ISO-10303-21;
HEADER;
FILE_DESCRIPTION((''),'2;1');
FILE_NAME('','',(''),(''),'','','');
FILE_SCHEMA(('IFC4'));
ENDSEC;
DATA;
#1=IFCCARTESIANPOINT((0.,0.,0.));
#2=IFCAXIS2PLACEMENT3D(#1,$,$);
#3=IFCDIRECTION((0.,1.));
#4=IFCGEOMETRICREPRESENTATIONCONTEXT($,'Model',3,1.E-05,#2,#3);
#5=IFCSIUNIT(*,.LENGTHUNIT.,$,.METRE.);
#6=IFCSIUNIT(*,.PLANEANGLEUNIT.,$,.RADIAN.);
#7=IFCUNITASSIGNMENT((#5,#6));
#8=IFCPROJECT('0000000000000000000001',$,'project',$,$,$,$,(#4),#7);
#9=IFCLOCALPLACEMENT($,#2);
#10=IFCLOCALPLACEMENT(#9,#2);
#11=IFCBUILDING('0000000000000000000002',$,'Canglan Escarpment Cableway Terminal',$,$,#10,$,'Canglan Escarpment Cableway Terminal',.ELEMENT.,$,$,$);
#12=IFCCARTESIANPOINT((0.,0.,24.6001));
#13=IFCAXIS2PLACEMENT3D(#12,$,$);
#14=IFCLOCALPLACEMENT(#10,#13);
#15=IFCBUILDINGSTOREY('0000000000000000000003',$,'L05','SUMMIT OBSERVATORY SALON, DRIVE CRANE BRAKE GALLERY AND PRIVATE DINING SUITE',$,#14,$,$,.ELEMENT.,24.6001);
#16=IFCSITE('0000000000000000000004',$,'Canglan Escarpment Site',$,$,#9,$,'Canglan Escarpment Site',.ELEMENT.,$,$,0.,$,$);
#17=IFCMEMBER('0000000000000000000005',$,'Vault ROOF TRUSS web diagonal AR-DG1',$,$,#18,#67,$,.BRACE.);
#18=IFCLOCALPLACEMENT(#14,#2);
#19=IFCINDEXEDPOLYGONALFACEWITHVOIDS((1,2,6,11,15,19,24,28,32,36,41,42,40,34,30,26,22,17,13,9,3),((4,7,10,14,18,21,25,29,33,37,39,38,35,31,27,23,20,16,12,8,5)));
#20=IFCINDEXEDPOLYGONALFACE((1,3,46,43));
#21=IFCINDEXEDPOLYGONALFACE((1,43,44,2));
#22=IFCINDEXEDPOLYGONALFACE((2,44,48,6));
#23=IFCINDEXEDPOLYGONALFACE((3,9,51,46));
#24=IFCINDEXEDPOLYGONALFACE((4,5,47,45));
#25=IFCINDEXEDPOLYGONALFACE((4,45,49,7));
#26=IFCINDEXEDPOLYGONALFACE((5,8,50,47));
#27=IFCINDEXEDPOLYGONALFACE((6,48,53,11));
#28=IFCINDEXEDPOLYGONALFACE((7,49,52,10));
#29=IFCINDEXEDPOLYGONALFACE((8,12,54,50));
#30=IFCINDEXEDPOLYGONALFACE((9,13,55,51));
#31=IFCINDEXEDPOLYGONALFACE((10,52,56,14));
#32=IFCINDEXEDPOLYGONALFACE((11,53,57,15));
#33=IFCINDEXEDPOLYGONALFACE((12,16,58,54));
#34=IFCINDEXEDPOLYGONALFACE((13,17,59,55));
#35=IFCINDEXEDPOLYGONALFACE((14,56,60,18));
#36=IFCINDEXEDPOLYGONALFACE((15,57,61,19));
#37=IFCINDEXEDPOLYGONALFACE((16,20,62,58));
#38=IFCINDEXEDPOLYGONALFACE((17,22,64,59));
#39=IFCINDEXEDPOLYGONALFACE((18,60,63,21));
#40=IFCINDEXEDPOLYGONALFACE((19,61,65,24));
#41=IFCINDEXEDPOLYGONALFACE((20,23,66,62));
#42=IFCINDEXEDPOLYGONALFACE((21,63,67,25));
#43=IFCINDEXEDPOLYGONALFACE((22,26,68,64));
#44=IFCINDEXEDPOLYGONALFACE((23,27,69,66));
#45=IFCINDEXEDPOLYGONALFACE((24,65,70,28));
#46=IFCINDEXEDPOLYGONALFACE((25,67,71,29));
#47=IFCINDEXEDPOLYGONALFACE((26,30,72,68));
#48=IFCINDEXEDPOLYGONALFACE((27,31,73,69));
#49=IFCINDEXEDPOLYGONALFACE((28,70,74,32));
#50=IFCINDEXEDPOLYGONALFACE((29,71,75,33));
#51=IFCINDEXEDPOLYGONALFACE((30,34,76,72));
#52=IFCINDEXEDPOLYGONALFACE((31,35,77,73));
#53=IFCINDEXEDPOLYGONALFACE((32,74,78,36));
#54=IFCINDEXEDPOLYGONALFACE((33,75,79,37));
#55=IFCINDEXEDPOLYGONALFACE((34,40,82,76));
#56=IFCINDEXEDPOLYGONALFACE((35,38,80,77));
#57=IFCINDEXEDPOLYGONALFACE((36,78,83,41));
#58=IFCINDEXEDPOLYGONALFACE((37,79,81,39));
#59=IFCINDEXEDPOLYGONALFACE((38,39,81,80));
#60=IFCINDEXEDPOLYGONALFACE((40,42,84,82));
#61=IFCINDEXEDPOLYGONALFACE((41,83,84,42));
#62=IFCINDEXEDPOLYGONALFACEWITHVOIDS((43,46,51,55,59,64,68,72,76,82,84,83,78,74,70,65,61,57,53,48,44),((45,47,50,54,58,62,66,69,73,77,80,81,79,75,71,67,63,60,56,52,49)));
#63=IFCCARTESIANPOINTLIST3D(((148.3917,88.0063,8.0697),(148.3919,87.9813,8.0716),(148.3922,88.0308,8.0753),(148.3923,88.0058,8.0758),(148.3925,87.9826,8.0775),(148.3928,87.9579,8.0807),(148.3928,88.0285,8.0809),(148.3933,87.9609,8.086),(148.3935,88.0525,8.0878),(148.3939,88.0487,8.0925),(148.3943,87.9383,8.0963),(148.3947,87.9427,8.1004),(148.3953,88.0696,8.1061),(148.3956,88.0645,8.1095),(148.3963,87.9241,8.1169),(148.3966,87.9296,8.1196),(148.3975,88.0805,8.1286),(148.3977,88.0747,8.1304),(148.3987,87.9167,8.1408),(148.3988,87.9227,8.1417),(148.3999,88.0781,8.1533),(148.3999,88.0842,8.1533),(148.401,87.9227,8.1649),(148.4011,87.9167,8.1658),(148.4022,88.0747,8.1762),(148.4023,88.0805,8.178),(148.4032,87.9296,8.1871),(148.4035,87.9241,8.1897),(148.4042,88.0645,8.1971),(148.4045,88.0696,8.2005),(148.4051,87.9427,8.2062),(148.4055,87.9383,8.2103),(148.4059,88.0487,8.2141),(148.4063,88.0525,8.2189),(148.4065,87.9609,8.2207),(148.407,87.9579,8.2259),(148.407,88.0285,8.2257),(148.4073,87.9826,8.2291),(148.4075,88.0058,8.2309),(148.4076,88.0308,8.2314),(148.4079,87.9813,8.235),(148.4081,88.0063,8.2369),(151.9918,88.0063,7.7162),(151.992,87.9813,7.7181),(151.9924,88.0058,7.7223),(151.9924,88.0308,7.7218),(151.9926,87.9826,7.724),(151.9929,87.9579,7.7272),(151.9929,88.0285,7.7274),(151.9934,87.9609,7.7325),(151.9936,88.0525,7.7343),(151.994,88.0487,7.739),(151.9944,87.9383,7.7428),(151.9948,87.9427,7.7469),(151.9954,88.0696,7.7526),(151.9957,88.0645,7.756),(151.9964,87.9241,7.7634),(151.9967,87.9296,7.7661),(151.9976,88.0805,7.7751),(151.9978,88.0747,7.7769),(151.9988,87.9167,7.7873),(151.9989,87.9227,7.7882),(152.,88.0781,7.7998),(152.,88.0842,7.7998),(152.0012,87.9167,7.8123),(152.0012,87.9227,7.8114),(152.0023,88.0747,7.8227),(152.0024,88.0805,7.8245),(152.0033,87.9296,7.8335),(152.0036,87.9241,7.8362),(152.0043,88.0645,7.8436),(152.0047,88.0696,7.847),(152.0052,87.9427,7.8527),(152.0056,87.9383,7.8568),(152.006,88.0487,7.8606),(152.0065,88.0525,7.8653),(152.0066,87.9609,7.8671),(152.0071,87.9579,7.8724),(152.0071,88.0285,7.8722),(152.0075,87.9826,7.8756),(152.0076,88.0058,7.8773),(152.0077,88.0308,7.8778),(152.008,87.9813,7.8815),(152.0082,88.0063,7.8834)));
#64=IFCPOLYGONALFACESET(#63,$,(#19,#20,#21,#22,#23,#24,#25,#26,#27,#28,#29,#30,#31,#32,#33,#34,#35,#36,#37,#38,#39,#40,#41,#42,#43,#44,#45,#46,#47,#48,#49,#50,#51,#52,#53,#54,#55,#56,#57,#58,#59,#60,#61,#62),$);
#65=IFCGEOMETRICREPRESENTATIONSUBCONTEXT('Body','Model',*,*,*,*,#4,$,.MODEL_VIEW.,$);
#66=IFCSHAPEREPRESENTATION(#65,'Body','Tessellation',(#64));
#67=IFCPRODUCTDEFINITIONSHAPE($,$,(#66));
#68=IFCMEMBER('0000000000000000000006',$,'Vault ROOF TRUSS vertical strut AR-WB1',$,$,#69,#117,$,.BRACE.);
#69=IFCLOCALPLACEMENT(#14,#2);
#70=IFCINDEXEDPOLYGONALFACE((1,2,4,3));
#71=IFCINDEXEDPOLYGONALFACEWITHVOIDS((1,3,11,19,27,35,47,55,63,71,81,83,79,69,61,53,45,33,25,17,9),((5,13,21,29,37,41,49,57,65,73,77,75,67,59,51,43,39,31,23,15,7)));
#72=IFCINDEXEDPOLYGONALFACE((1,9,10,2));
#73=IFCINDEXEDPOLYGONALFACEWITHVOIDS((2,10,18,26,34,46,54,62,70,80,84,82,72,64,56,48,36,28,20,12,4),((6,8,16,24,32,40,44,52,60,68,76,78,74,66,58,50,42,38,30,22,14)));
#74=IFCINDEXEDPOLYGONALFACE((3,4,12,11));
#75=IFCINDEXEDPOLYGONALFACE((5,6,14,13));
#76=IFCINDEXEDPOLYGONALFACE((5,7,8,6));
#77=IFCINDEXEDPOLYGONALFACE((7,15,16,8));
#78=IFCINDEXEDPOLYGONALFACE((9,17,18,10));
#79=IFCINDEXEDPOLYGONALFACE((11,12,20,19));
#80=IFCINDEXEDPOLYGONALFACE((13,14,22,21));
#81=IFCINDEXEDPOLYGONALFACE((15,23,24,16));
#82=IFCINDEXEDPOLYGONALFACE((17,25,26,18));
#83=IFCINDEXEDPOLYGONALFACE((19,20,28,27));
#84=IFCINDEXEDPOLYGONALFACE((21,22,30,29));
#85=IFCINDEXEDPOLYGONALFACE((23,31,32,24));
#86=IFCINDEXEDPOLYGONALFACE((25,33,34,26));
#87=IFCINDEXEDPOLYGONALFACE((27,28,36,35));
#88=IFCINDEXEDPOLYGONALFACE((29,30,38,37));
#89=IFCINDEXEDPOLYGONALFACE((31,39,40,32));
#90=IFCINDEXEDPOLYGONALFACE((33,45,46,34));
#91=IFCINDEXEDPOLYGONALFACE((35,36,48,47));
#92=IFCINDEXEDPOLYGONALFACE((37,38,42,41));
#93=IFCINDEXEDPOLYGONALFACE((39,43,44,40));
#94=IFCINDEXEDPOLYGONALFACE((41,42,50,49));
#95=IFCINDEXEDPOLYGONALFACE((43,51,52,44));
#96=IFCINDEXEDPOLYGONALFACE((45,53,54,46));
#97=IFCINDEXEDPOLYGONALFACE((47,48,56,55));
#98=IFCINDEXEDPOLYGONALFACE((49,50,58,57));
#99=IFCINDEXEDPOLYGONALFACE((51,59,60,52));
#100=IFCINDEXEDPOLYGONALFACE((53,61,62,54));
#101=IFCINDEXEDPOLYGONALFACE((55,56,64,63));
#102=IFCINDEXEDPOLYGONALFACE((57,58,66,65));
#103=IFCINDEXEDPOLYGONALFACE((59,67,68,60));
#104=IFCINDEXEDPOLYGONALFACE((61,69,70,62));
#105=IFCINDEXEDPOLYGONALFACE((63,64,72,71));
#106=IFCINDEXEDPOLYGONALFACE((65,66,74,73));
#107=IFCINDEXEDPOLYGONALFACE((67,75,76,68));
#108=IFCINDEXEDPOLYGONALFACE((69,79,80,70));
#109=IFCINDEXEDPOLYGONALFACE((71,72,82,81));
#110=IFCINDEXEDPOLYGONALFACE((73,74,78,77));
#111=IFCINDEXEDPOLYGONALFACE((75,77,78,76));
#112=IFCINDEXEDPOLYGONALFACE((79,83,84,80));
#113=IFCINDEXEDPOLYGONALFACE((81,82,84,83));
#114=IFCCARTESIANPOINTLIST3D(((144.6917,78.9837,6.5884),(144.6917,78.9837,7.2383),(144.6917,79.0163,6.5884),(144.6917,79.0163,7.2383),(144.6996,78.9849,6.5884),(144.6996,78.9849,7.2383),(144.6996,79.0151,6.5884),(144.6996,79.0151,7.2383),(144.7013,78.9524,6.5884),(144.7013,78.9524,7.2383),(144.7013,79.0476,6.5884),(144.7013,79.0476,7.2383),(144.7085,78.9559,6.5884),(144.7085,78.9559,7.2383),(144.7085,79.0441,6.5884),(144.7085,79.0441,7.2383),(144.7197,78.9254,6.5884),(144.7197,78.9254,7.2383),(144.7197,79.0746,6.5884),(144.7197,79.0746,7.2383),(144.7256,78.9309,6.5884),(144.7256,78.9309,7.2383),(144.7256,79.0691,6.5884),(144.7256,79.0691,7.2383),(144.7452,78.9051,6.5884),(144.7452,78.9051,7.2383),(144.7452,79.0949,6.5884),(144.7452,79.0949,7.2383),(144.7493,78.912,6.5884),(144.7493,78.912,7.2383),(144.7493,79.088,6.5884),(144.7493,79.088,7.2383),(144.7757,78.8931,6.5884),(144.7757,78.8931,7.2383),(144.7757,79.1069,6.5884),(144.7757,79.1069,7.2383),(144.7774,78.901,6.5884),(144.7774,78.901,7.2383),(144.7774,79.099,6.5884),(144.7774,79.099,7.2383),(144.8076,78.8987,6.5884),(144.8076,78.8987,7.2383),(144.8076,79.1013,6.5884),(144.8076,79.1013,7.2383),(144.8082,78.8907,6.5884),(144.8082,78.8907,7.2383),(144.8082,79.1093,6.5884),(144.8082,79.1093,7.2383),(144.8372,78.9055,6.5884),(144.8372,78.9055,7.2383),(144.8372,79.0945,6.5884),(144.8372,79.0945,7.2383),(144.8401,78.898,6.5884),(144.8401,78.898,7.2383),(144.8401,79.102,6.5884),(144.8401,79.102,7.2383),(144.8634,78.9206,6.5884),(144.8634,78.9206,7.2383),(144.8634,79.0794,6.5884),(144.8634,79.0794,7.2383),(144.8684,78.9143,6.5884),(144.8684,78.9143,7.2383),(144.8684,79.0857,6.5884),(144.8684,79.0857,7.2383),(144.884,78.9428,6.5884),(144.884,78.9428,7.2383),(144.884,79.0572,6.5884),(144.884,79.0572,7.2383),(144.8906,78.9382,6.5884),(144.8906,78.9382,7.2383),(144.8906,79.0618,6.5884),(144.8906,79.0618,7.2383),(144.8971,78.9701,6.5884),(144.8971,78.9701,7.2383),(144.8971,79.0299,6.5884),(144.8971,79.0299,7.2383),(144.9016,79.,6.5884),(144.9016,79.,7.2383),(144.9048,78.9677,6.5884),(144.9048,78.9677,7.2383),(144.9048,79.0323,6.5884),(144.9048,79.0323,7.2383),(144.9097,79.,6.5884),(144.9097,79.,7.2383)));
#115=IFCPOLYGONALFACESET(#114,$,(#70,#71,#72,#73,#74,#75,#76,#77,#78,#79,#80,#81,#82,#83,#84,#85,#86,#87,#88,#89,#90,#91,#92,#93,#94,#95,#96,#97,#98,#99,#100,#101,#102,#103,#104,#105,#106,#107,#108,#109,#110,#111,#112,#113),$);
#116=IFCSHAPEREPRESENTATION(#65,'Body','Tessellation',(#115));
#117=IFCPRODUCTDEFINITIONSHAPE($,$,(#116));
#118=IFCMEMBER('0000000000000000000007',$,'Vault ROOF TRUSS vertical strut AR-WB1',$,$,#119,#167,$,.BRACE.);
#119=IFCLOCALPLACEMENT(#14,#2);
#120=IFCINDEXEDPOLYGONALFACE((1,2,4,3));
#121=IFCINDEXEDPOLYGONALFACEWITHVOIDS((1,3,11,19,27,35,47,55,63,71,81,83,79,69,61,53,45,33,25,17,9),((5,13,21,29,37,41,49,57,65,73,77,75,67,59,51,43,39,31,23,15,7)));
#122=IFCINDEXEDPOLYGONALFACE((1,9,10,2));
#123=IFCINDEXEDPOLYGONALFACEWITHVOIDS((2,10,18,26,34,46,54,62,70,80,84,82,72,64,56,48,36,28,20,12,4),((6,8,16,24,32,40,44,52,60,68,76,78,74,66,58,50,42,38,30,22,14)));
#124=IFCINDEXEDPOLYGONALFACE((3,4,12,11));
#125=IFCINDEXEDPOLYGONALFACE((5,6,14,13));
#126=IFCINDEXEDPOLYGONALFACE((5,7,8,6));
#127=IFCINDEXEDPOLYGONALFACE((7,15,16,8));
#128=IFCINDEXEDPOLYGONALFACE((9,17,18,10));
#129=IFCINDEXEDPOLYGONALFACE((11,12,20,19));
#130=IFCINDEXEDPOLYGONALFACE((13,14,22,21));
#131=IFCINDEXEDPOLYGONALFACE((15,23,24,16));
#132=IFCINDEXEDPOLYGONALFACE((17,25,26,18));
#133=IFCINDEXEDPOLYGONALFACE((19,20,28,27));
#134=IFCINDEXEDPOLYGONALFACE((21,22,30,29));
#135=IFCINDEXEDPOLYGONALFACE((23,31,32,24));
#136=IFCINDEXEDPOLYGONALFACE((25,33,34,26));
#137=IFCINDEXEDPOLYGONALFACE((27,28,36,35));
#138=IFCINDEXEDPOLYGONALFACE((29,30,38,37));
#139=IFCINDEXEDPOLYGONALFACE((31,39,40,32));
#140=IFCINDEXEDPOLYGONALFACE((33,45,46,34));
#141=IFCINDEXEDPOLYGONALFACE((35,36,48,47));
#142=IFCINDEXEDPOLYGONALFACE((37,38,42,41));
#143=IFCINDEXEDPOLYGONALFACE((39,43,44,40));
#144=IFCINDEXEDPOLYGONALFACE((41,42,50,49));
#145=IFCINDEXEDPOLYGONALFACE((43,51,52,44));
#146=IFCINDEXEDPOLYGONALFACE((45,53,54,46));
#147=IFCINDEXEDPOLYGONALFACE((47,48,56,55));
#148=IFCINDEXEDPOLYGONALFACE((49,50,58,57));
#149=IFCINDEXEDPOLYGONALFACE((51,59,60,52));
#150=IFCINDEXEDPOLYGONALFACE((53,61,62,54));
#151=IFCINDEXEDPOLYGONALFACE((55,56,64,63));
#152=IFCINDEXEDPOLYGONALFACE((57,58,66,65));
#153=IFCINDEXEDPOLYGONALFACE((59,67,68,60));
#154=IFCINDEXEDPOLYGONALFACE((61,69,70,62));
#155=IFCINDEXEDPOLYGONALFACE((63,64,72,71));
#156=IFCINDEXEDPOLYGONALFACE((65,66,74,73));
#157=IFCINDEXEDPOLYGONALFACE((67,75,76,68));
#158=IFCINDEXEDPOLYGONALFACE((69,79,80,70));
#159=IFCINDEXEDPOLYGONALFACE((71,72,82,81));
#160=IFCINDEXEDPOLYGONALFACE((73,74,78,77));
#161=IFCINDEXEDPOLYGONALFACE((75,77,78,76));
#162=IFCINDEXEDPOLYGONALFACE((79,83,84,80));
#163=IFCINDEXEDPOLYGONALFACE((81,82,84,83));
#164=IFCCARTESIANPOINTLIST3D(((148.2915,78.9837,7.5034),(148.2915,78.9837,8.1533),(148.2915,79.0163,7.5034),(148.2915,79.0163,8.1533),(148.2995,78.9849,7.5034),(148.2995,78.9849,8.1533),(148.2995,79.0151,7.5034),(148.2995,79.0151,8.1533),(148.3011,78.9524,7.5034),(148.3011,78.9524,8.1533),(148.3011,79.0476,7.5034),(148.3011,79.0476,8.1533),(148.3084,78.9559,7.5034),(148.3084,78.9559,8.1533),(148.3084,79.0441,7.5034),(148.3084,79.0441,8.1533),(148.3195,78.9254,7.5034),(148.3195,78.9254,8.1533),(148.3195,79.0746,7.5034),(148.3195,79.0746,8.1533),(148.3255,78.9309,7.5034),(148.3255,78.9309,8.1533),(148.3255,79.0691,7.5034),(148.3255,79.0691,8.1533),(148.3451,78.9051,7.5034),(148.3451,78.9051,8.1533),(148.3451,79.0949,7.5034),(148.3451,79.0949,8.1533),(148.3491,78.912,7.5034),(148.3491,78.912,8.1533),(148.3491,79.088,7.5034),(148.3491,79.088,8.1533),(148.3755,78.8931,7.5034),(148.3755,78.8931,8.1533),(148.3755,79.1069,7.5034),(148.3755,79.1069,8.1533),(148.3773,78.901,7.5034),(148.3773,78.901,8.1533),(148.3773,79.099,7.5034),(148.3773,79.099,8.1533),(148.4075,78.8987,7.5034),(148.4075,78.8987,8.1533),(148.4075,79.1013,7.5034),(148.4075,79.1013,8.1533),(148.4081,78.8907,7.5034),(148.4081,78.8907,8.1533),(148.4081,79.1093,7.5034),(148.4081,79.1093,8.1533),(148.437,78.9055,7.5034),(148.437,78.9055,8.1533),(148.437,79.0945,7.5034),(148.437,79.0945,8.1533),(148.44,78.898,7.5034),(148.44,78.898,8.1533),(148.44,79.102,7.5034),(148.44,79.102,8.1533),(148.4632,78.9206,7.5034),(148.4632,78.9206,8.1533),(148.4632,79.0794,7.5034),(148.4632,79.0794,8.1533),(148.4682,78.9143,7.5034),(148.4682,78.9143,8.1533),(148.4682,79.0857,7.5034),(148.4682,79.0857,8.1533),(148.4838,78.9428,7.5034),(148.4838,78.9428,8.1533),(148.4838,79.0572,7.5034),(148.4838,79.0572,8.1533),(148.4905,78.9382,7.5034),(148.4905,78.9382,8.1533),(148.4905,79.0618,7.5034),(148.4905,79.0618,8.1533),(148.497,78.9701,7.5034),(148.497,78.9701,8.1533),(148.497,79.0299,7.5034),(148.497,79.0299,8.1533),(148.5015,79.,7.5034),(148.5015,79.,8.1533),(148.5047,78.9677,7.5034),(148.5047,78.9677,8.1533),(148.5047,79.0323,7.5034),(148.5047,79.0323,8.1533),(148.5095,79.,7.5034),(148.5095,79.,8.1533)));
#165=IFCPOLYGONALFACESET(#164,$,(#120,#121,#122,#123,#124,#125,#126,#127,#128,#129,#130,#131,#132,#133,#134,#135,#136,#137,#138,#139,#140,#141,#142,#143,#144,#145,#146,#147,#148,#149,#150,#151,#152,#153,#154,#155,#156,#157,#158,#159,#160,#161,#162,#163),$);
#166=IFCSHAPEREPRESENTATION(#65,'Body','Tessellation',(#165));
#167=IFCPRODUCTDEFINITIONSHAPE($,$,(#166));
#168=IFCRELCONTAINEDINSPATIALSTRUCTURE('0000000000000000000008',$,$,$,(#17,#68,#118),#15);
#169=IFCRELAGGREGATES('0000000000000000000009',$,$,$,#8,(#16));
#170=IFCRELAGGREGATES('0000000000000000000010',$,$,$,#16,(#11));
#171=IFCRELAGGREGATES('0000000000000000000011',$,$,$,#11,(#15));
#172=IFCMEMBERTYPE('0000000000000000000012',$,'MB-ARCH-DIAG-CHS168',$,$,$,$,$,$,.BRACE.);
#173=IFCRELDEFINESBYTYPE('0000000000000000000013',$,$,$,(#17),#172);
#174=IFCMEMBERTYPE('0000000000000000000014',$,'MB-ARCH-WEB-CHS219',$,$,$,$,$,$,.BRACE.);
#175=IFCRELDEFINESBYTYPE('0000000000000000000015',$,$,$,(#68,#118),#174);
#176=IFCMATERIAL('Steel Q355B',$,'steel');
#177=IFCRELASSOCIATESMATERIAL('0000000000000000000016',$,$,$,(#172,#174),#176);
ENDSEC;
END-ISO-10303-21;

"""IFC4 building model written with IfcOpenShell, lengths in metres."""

from ifc_helpers import new_model, si_unit, direction, frame, origin, origin_2d, place, context, subcontext, project, spatial, hollow_circle, extrude, material, material_profile, profile_set, type_object, element, save


model = new_model("IFC4")

# Units and contexts
model_context = context("Model", 3, precision=1e-05, world=origin(), true_north=direction((0.0, 1.0)))
body_context = subcontext(model_context, "Body", "Model", "MODEL_VIEW")
ifc_project = project(units=[si_unit("LENGTHUNIT", "METRE"), si_unit("PLANEANGLEUNIT", "RADIAN")], contexts=[model_context])

# Site, building, storey
site_placement = place(None, origin())
site = spatial("IfcSite", under=ifc_project, at=site_placement, Name="Canglan Escarpment Site", LongName="Canglan Escarpment Site", CompositionType="ELEMENT", RefElevation=0.0)
building_placement = place(site_placement, origin())
building = spatial("IfcBuilding", under=site, at=building_placement, Name="Canglan Escarpment Cableway Terminal", LongName="Canglan Escarpment Cableway Terminal", CompositionType="ELEMENT")
storey_placement = place(building_placement, frame((0.0, 0.0, 24.6001)))
storey = spatial("IfcBuildingStorey", under=building, at=storey_placement, Name="L05", Description="SUMMIT OBSERVATORY SALON, DRIVE CRANE BRAKE GALLERY AND PRIVATE DINING SUITE", CompositionType="ELEMENT", Elevation=24.6001)

# Shared definitions
ifc_material_1 = material(Name="Steel Q355B", Category="steel")

# Members
ifc_material_profile_1 = material_profile(ifc_material_1, hollow_circle(Radius=0.0842, WallThickness=0.0061, at=origin_2d()), Name="CHS 168.3x6")
ifc_profile_set_1 = profile_set([ifc_material_profile_1], Name="Steel Q355B")
member_type_1 = type_object("IfcMemberType", Name="MB-ARCH-DIAG-CHS168", PredefinedType="BRACE", material=ifc_profile_set_1)
member_1_placement = place(storey_placement, frame((148.3999, 88.0, 8.1533), z_axis=(0.995213, 0.0, -0.097726), x_axis=(0.0, 1.0, 0.0)))
element("IfcMember", 1, at=member_1_placement, inside=storey, type_object=member_type_1, Name="Vault ROOF TRUSS web diagonal AR-DG1", PredefinedType="BRACE", context=body_context, shape_type="SweptSolid", body=[
    extrude(hollow_circle(Radius=0.0842, WallThickness=0.0061, at=origin_2d()), origin(), (0.0, 0.0, 1.0), 3.6174),
])
ifc_material_profile_2 = material_profile(ifc_material_1, hollow_circle(Radius=0.1096, WallThickness=0.0081, at=origin_2d()), Name="CHS 219.1x8")
ifc_profile_set_2 = profile_set([ifc_material_profile_2], Name="Steel Q355B")
member_type_2 = type_object("IfcMemberType", Name="MB-ARCH-WEB-CHS219", PredefinedType="BRACE", material=ifc_profile_set_2)
for number, where, z_axis, x_axis, name in (
    (2, (144.8, 79.0, 6.5884), (0.0, 0.0, 1.0), (1.0, 0.0, 0.0), "Vault ROOF TRUSS vertical strut AR-WB1"),
    (3, (148.3999, 79.0, 7.5034), (0.0, 0.0, 1.0), (1.0, 0.0, 0.0), "Vault ROOF TRUSS vertical strut AR-WB1"),
):
    element("IfcMember", number, at=place(storey_placement, frame(where, z_axis=z_axis, x_axis=x_axis)), inside=storey, type_object=member_type_2, Name=name, PredefinedType="BRACE", context=body_context, shape_type="SweptSolid", body=[
        extrude(hollow_circle(Radius=0.1096, WallThickness=0.0081, at=origin_2d()), origin(), (0.0, 0.0, 1.0), 0.6499),
    ])

save(model, "model.ifc")
